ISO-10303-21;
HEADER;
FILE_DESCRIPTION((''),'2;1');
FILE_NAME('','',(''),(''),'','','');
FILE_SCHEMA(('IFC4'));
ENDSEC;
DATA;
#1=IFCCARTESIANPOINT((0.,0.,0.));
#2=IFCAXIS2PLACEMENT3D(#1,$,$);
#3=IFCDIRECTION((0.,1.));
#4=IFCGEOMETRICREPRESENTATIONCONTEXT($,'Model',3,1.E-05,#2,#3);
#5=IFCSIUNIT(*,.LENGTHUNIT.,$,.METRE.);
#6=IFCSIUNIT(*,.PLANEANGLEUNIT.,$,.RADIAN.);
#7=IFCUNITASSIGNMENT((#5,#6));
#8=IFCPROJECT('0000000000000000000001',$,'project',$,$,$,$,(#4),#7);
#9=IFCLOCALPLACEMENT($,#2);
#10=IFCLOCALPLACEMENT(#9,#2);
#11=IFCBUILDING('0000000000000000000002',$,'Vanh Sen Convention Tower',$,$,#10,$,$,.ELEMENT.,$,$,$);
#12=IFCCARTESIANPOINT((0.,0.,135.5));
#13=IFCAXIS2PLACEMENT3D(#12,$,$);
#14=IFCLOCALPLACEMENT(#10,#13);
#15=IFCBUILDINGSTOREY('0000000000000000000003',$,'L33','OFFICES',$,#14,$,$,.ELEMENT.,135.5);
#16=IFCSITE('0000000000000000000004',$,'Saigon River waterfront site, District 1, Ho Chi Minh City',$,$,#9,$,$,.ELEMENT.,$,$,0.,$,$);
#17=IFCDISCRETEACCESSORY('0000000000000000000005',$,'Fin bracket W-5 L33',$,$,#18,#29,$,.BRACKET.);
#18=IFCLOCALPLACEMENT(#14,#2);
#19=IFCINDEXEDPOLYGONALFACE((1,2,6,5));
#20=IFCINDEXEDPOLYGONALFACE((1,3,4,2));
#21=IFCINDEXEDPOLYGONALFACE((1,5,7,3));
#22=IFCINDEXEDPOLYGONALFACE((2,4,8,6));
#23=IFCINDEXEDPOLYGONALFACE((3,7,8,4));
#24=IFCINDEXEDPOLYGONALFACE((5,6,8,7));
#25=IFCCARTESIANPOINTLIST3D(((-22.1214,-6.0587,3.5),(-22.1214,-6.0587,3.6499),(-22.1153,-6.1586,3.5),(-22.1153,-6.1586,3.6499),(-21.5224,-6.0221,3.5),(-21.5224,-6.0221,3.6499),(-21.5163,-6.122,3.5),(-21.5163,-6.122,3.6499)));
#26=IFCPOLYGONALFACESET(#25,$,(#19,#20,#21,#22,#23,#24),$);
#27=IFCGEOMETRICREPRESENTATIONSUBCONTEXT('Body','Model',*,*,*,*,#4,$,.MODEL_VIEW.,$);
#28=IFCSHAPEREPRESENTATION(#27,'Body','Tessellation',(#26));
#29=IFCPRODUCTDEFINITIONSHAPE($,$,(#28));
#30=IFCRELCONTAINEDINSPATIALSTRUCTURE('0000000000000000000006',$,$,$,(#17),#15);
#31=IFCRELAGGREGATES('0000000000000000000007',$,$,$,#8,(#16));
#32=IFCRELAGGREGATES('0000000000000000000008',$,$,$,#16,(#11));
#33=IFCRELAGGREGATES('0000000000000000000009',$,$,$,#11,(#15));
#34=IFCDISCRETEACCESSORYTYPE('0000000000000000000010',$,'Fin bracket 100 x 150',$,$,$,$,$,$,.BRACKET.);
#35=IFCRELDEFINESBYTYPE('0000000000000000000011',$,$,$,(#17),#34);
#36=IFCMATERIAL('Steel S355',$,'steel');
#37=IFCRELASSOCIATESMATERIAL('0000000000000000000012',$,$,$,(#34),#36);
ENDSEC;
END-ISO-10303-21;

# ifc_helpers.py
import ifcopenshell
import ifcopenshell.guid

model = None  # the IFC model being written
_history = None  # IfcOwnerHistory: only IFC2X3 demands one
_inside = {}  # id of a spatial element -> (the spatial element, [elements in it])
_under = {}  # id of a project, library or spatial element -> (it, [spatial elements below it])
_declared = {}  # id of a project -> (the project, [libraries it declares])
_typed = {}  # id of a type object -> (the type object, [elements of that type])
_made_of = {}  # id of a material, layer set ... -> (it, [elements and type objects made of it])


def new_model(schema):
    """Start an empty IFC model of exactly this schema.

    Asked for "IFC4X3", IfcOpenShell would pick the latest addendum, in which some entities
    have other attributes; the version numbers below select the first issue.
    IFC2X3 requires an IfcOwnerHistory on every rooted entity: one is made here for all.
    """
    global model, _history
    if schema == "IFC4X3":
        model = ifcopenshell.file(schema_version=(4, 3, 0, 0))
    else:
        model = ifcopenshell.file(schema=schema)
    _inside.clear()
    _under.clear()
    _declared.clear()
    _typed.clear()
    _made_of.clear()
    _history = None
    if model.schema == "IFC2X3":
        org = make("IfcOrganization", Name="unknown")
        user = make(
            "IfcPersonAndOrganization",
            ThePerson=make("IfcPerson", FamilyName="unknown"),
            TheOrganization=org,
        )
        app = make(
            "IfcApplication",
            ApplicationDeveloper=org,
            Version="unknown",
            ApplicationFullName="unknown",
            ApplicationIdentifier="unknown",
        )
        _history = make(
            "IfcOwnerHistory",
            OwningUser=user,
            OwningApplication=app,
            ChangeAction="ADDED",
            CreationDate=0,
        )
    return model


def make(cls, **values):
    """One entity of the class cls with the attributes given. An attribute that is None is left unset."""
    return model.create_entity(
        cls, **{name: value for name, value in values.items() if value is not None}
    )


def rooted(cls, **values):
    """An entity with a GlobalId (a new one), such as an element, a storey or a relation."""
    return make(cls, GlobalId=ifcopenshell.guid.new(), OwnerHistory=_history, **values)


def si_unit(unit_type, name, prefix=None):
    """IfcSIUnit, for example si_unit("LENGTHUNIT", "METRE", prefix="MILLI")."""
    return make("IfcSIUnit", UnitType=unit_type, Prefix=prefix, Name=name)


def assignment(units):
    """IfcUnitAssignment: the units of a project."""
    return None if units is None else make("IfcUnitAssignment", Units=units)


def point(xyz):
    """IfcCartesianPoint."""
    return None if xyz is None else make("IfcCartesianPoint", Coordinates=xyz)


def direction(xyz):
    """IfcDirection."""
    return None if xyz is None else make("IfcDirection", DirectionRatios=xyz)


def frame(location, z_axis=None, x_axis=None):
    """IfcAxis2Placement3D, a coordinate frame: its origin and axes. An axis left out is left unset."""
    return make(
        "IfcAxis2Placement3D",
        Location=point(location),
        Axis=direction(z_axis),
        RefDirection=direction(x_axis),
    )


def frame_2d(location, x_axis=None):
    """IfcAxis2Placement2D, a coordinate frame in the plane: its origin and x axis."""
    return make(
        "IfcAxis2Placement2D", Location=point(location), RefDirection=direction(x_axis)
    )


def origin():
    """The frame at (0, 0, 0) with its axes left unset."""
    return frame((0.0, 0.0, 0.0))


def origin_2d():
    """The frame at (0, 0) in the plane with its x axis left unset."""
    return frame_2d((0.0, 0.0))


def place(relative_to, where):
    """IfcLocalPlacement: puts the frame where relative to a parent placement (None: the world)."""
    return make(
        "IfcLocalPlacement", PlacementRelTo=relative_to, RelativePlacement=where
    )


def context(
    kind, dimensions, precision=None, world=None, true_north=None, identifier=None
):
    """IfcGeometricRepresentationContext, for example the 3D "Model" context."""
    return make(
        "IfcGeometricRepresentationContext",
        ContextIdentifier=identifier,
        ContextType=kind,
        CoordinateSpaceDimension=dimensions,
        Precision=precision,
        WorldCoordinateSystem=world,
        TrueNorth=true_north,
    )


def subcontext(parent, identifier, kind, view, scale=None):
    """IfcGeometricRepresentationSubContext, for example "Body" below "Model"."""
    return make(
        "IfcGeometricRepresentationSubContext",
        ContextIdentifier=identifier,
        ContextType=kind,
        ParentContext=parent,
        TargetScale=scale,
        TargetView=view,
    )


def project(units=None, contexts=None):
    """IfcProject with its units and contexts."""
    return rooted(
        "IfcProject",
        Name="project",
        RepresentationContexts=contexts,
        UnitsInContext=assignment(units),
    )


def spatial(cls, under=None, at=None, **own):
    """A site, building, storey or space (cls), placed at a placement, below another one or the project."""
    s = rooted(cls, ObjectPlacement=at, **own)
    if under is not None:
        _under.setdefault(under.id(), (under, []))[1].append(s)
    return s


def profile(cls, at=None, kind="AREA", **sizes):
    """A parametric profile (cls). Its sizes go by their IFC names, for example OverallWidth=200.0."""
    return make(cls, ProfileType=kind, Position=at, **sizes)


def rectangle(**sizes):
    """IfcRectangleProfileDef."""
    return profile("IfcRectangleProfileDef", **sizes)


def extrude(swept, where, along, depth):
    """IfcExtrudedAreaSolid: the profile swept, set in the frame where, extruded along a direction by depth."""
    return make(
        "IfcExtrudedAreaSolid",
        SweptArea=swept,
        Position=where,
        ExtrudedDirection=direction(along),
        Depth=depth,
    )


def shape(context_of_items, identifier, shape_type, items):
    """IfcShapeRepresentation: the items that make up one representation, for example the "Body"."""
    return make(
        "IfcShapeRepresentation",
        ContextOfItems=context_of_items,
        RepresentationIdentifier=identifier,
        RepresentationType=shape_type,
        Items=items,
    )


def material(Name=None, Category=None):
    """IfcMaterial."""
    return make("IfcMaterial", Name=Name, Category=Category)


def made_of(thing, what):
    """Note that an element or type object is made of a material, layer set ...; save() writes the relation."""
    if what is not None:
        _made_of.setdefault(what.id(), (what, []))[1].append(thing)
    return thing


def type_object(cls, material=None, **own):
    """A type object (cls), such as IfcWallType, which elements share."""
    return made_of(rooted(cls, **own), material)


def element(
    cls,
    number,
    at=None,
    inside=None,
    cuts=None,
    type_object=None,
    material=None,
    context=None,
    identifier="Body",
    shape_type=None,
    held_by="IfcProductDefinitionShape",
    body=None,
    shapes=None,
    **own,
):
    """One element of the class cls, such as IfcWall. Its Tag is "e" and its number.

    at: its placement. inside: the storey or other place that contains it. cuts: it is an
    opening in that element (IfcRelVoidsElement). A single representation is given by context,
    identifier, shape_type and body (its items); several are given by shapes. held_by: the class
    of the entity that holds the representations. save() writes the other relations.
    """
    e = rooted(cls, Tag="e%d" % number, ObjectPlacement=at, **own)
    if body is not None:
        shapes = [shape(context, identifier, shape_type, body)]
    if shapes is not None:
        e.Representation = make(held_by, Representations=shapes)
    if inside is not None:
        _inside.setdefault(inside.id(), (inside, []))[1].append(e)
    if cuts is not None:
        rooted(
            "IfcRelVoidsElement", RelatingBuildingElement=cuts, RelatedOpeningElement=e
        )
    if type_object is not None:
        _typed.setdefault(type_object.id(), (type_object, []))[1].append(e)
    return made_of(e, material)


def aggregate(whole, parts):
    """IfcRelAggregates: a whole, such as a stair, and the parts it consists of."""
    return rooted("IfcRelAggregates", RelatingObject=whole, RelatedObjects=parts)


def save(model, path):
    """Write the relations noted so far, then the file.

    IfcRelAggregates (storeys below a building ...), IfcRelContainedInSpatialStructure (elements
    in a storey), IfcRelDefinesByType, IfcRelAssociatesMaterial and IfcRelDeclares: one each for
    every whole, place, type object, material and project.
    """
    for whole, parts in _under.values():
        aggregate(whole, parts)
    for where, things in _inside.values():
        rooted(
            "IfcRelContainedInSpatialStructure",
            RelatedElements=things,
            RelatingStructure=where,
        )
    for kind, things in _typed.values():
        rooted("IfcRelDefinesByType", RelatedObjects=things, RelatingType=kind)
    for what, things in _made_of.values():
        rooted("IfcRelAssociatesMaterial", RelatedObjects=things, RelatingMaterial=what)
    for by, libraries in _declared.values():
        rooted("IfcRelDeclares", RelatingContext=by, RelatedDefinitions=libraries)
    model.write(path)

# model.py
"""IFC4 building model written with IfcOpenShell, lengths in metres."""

from ifc_helpers import new_model, si_unit, direction, frame, origin, origin_2d, place, context, subcontext, project, spatial, rectangle, extrude, material, type_object, element, save


model = new_model("IFC4")

# Units and contexts
model_context = context("Model", 3, precision=1e-05, world=origin(), true_north=direction((0.0, 1.0)))
body_context = subcontext(model_context, "Body", "Model", "MODEL_VIEW")
ifc_project = project(units=[si_unit("LENGTHUNIT", "METRE"), si_unit("PLANEANGLEUNIT", "RADIAN")], contexts=[model_context])

# Site, building, storey
site_placement = place(None, origin())
site = spatial("IfcSite", under=ifc_project, at=site_placement, Name="Saigon River waterfront site, District 1, Ho Chi Minh City", CompositionType="ELEMENT", RefElevation=0.0)
building_placement = place(site_placement, origin())
building = spatial("IfcBuilding", under=site, at=building_placement, Name="Vanh Sen Convention Tower", CompositionType="ELEMENT")
storey_placement = place(building_placement, frame((0.0, 0.0, 135.5)))
storey = spatial("IfcBuildingStorey", under=building, at=storey_placement, Name="L33", Description="OFFICES", CompositionType="ELEMENT", Elevation=135.5)

# Discrete accessory
ifc_material_1 = material(Name="Steel S355", Category="steel")
discrete_accessory_type = type_object("IfcDiscreteAccessoryType", Name="Fin bracket 100 x 150", PredefinedType="BRACKET", material=ifc_material_1)
discrete_accessory_placement = place(storey_placement, frame((-21.8188, -6.0903, 3.5), z_axis=(0.0, 0.0, 1.0), x_axis=(-0.998135, -0.061049, 0.0)))
element("IfcDiscreteAccessory", 1, at=discrete_accessory_placement, inside=storey, type_object=discrete_accessory_type, Name="Fin bracket W-5 L33", PredefinedType="BRACKET", context=body_context, shape_type="SweptSolid", body=[
    extrude(rectangle(XDim=0.6001, YDim=0.1001, at=origin_2d()), origin(), (0.0, 0.0, 1.0), 0.1499),
])

save(model, "model.ifc")
